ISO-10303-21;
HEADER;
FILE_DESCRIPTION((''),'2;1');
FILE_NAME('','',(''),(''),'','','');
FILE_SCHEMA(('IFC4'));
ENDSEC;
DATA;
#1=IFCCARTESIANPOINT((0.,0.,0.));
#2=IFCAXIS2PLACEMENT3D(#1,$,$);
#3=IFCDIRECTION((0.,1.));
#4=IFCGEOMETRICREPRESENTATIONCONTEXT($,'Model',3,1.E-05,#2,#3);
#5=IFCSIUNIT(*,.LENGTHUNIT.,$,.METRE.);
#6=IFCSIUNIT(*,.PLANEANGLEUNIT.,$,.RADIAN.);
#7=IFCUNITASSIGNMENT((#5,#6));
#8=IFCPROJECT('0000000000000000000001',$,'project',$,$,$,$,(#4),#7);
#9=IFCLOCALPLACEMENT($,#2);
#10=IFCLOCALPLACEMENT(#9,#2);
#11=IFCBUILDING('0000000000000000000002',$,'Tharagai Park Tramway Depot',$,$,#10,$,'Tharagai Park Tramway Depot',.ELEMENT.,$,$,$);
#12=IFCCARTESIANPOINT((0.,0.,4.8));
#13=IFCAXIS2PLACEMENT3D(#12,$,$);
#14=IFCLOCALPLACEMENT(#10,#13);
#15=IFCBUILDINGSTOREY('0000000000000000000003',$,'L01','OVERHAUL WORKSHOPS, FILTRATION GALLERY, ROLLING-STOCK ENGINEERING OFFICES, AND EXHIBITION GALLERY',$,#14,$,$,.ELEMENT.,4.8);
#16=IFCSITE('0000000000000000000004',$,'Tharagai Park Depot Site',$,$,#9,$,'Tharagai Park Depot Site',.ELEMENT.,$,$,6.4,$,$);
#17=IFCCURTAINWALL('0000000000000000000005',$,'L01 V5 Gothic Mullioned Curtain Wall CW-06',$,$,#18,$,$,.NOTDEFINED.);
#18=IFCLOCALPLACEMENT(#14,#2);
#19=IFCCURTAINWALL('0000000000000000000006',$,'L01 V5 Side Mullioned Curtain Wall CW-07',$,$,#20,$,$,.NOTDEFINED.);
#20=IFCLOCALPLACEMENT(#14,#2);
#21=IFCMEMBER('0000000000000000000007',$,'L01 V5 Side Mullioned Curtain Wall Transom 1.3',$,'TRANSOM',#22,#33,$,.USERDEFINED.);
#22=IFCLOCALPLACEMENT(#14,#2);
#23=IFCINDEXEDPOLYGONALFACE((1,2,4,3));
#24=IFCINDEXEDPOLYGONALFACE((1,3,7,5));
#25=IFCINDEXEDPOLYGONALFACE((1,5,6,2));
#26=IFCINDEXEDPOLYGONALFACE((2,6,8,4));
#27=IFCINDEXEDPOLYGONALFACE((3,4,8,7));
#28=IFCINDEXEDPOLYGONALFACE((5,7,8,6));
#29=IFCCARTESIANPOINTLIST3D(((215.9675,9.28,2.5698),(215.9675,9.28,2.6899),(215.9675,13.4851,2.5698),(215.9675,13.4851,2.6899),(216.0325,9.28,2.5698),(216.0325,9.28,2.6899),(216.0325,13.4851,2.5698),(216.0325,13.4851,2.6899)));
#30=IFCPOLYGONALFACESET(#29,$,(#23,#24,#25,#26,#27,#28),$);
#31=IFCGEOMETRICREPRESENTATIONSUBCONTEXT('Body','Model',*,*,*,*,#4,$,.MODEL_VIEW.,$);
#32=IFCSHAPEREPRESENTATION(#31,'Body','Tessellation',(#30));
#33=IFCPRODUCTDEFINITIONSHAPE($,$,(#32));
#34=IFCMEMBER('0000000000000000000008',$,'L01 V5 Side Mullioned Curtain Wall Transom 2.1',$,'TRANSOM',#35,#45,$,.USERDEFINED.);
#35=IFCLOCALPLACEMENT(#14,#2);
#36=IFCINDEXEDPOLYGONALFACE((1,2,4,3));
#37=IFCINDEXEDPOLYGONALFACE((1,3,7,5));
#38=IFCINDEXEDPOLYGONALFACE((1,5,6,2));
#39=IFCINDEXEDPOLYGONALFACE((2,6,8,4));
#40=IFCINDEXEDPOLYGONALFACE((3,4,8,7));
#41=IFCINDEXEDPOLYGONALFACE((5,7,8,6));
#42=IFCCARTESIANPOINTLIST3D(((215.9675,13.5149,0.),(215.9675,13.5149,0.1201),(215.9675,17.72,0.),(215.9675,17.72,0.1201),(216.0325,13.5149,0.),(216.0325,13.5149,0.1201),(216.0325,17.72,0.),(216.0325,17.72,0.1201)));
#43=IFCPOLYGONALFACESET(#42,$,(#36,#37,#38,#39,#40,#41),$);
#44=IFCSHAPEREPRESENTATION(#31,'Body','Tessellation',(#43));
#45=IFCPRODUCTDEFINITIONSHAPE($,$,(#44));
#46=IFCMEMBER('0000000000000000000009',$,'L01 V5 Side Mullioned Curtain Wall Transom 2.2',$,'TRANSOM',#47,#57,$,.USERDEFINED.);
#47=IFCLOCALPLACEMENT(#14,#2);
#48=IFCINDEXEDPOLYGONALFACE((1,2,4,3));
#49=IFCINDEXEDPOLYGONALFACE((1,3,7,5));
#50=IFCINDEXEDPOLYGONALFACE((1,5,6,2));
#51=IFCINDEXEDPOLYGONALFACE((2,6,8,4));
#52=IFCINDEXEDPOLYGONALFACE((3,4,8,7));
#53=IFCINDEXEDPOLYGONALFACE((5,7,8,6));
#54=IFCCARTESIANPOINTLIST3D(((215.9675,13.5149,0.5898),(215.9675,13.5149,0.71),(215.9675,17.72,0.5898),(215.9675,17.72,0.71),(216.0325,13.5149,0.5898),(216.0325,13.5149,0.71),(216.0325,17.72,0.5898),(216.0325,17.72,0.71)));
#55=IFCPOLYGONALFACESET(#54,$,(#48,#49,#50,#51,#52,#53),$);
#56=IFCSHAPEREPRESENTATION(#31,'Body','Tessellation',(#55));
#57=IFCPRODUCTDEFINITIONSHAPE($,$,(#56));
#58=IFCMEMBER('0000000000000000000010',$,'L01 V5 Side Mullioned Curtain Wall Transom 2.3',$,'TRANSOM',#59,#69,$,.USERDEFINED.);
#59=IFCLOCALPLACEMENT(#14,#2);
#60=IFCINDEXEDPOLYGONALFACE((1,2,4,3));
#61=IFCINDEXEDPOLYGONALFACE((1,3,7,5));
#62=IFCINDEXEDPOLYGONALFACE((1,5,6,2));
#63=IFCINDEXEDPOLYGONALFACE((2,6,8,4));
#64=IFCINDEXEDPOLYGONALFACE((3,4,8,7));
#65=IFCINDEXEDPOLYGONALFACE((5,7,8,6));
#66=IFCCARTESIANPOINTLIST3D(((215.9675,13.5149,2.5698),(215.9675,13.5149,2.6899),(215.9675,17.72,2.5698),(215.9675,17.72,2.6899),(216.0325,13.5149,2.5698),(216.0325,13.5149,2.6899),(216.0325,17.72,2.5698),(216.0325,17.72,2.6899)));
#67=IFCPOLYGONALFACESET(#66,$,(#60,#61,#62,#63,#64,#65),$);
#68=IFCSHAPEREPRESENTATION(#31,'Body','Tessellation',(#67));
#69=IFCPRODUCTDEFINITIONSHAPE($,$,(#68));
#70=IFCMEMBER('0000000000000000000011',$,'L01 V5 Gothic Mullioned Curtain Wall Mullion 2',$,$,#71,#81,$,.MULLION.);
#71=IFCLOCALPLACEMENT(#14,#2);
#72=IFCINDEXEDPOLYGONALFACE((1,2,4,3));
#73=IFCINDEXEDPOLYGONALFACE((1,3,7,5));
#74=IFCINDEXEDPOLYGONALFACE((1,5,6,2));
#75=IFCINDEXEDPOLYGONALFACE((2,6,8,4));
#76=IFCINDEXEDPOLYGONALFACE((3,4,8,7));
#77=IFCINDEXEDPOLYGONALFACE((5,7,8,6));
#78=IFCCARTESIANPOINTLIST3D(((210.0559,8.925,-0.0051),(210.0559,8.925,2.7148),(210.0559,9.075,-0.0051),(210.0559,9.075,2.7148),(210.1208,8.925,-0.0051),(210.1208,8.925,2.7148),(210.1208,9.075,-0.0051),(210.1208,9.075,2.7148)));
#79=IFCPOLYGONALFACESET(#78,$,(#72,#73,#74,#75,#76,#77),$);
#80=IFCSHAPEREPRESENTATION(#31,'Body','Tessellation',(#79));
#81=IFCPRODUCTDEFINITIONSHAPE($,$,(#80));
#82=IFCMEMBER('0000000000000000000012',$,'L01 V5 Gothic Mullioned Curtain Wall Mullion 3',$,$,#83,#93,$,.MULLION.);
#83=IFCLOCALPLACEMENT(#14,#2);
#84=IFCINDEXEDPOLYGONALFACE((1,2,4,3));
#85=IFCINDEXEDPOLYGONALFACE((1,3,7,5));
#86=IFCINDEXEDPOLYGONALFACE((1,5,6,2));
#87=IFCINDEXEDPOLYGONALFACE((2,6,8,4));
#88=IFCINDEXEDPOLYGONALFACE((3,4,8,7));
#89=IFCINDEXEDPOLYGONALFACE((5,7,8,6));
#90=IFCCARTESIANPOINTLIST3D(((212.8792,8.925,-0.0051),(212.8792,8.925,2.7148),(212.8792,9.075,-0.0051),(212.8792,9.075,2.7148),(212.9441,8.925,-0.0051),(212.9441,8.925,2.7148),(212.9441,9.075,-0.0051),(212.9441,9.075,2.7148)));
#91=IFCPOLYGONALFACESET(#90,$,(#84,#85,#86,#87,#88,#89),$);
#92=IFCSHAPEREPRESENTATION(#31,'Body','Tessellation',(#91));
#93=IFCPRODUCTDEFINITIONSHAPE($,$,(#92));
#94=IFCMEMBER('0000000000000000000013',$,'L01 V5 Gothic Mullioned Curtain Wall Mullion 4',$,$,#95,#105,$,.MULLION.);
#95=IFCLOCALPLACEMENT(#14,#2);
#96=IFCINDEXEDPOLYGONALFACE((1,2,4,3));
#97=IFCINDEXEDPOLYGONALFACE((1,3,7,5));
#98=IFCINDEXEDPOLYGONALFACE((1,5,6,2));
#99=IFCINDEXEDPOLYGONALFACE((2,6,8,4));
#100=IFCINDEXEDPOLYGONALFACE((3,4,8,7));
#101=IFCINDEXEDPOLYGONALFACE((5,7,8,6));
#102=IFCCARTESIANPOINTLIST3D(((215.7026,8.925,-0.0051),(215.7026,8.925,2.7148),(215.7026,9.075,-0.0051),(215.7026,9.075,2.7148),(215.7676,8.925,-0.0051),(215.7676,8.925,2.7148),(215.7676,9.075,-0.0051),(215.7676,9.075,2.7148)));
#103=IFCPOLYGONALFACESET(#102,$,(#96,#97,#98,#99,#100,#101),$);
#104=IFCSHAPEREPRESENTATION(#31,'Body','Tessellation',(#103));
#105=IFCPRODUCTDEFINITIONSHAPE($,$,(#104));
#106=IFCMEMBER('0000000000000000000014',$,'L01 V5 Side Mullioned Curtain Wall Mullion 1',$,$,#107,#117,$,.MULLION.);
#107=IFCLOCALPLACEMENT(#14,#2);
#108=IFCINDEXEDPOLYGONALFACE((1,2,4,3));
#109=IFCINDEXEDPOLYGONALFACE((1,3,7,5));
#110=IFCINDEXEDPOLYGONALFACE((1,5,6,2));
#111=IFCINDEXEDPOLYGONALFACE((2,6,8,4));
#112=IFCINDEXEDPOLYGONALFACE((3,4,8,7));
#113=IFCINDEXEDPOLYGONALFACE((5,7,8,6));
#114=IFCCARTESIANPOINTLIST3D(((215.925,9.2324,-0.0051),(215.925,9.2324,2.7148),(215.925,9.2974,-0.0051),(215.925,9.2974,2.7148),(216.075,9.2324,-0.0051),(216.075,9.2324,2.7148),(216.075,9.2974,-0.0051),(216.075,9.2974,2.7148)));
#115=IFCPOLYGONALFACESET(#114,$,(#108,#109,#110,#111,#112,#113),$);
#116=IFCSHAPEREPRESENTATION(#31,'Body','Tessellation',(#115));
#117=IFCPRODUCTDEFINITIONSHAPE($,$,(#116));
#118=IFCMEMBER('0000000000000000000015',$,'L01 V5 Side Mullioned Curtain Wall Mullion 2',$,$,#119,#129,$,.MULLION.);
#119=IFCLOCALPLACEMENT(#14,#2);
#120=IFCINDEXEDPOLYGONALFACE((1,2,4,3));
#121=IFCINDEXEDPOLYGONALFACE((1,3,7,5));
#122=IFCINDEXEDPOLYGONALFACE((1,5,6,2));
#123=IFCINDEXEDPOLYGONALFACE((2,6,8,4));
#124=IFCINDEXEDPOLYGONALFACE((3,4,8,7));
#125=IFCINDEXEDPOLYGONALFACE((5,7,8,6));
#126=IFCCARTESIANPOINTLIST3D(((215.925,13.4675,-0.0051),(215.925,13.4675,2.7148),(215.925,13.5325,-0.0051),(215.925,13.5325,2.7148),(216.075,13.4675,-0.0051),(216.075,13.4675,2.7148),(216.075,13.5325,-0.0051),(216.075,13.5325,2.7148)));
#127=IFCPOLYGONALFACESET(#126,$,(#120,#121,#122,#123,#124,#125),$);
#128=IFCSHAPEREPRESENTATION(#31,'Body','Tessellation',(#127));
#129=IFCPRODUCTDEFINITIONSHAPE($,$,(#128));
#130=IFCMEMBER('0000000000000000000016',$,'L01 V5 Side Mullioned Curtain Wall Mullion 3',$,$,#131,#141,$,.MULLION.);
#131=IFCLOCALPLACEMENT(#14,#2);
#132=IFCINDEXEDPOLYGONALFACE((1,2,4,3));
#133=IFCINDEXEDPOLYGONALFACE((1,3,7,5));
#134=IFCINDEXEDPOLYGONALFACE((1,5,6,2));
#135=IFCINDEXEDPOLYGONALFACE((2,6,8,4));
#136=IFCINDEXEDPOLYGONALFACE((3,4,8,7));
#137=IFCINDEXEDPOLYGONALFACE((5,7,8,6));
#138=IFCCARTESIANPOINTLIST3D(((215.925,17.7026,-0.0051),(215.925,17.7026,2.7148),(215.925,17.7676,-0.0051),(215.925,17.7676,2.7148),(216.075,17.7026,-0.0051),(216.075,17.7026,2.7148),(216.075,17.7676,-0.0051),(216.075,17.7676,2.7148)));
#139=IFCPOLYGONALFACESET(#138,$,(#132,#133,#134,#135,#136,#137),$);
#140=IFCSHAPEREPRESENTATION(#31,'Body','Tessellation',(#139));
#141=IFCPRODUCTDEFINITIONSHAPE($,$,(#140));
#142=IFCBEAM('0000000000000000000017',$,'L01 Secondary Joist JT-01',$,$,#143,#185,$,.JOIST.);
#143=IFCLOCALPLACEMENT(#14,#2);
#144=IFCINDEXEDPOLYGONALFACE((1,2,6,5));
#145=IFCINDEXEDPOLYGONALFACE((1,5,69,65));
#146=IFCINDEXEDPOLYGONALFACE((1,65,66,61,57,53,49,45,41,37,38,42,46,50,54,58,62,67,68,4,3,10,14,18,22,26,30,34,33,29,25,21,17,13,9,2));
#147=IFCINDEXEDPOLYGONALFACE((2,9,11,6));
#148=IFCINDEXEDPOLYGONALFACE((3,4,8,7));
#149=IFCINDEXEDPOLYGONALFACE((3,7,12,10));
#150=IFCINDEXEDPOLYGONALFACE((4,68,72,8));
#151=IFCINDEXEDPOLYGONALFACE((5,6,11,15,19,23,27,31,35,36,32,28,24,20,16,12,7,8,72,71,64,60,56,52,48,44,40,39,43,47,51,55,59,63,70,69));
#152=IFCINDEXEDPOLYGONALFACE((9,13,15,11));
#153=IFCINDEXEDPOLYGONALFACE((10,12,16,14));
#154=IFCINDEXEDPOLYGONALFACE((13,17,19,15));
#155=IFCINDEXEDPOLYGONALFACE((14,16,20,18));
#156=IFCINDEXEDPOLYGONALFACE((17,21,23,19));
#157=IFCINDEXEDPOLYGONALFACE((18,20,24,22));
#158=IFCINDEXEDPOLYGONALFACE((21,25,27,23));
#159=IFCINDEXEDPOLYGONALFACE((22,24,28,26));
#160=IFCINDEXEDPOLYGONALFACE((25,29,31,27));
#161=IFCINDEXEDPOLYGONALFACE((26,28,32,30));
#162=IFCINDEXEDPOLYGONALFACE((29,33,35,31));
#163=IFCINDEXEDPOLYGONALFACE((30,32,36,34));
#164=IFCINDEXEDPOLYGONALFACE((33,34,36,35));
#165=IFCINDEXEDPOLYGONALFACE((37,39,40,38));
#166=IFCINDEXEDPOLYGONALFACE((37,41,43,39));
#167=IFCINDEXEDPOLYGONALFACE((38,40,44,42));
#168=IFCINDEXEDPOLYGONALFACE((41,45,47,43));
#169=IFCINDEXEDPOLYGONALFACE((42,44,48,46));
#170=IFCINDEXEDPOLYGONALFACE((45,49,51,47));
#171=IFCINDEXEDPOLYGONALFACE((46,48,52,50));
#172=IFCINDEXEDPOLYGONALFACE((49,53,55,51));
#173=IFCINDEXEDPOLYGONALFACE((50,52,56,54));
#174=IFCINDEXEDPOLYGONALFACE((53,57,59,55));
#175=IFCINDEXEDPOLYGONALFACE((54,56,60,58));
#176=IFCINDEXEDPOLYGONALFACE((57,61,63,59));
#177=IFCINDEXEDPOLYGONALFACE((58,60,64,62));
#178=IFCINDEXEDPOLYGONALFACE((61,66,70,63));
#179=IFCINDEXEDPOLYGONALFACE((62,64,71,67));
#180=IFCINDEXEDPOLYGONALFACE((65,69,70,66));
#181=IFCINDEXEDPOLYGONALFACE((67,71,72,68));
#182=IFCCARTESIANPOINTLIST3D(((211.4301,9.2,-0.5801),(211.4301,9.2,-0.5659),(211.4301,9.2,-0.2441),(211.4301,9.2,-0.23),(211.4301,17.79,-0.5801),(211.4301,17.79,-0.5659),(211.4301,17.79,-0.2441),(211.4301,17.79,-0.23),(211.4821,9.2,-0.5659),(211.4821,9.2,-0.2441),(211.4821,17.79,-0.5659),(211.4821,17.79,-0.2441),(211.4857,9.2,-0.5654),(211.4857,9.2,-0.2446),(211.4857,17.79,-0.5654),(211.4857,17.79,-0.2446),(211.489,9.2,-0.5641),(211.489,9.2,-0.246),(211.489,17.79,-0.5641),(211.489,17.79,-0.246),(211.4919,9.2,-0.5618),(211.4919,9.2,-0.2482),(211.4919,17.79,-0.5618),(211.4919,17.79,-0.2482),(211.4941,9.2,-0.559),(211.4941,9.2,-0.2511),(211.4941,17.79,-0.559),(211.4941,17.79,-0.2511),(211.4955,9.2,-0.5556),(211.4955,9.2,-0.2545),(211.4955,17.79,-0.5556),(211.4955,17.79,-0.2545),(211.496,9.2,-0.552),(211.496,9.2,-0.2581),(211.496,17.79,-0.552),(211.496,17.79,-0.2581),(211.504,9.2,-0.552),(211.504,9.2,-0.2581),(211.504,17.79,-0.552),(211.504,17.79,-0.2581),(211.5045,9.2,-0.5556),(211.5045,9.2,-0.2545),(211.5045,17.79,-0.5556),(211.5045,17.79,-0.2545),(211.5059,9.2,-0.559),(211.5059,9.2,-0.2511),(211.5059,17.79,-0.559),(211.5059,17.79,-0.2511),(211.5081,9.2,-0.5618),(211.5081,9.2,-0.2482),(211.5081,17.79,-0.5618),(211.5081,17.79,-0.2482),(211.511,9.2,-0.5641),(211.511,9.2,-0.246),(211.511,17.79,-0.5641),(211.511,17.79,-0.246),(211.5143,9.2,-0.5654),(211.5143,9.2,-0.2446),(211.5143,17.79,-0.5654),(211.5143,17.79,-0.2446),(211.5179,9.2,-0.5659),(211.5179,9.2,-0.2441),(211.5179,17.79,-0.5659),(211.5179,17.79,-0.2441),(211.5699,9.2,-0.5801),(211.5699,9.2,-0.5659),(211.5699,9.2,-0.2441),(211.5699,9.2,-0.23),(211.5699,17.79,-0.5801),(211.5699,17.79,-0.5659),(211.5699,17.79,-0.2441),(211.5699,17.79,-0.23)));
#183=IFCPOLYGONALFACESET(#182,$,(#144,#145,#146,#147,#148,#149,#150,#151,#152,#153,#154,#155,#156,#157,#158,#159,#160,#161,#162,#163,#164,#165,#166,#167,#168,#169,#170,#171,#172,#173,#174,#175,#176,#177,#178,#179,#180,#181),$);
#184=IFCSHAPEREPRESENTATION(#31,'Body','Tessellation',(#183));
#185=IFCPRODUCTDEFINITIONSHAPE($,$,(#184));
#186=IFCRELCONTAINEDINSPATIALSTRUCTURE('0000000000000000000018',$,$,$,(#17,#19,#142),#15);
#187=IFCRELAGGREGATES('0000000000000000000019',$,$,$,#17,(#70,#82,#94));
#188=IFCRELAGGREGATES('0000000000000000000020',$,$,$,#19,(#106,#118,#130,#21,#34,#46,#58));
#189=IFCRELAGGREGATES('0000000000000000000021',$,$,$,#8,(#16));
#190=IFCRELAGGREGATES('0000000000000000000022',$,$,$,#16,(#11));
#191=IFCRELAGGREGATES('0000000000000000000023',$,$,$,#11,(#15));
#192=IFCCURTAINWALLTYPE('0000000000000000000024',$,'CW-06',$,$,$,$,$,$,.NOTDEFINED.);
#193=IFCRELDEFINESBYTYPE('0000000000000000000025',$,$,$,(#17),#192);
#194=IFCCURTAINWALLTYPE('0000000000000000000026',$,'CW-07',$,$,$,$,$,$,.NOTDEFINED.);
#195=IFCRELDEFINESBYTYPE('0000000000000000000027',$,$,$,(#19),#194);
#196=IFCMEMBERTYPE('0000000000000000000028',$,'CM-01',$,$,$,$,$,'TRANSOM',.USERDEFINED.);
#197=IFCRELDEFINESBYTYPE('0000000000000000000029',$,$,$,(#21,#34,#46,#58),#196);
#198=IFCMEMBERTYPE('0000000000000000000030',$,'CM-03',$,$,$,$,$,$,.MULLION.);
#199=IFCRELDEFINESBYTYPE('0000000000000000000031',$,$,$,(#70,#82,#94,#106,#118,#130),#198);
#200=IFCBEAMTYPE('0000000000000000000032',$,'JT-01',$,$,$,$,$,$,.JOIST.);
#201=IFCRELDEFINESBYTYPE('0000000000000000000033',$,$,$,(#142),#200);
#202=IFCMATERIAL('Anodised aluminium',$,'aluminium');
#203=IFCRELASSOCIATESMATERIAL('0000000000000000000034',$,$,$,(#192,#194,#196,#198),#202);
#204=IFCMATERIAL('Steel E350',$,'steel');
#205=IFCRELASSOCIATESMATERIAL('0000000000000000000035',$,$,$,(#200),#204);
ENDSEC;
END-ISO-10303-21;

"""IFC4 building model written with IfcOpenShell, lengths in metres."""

from ifc_helpers import new_model, si_unit, direction, frame, origin, origin_2d, place, context, subcontext, project, spatial, rectangle, i_section, extrude, material, material_profile, profile_set, type_object, element, aggregate, save


model = new_model("IFC4")

# Units and contexts
model_context = context("Model", 3, precision=1e-05, world=origin(), true_north=direction((0.0, 1.0)))
body_context = subcontext(model_context, "Body", "Model", "MODEL_VIEW")
ifc_project = project(units=[si_unit("LENGTHUNIT", "METRE"), si_unit("PLANEANGLEUNIT", "RADIAN")], contexts=[model_context])

# Site, building, storey
site_placement = place(None, origin())
site = spatial("IfcSite", under=ifc_project, at=site_placement, Name="Tharagai Park Depot Site", LongName="Tharagai Park Depot Site", CompositionType="ELEMENT", RefElevation=6.4)
building_placement = place(site_placement, origin())
building = spatial("IfcBuilding", under=site, at=building_placement, Name="Tharagai Park Tramway Depot", LongName="Tharagai Park Tramway Depot", CompositionType="ELEMENT")
storey_placement = place(building_placement, frame((0.0, 0.0, 4.8)))
storey = spatial("IfcBuildingStorey", under=building, at=storey_placement, Name="L01", Description="OVERHAUL WORKSHOPS, FILTRATION GALLERY, ROLLING-STOCK ENGINEERING OFFICES, AND EXHIBITION GALLERY", CompositionType="ELEMENT", Elevation=4.8)

# Curtain walls, members
ifc_material_1 = material(Name="Anodised aluminium", Category="aluminium")
curtain_wall_type_1 = type_object("IfcCurtainWallType", Name="CW-06", PredefinedType="NOTDEFINED", material=ifc_material_1)
curtain_wall_1_placement = place(storey_placement, origin())
curtain_wall_1 = element("IfcCurtainWall", 1, at=curtain_wall_1_placement, inside=storey, type_object=curtain_wall_type_1, Name="L01 V5 Gothic Mullioned Curtain Wall CW-06", PredefinedType="NOTDEFINED")
ifc_material_profile_1 = material_profile(ifc_material_1, rectangle(XDim=0.0649, YDim=0.1201, at=origin_2d()), Name="ALU 65x120")
ifc_profile_set_1 = profile_set([ifc_material_profile_1], Name="Anodised aluminium")
member_type_1 = type_object("IfcMemberType", Name="CM-01", ElementType="TRANSOM", PredefinedType="USERDEFINED", material=ifc_profile_set_1)
curtain_wall_type_2 = type_object("IfcCurtainWallType", Name="CW-07", PredefinedType="NOTDEFINED", material=ifc_material_1)
curtain_wall_2_placement = place(storey_placement, origin())
curtain_wall_2 = element("IfcCurtainWall", 2, at=curtain_wall_2_placement, inside=storey, type_object=curtain_wall_type_2, Name="L01 V5 Side Mullioned Curtain Wall CW-07", PredefinedType="NOTDEFINED")
member_1_placement = place(storey_placement, frame((216.0, 9.28, 2.6299), z_axis=(0.0, 1.0, 0.0), x_axis=(-1.0, 0.0, 0.0)))
member_1 = element("IfcMember", 3, at=member_1_placement, type_object=member_type_1, Name="L01 V5 Side Mullioned Curtain Wall Transom 1.3", ObjectType="TRANSOM", PredefinedType="USERDEFINED", context=body_context, shape_type="SweptSolid", body=[
    extrude(rectangle(XDim=0.0649, YDim=0.1201, at=origin_2d()), origin(), (0.0, 0.0, 1.0), 4.2051),
])
member_2_placement = place(storey_placement, frame((216.0, 13.5149, 0.0601), z_axis=(0.0, 1.0, 0.0), x_axis=(-1.0, 0.0, 0.0)))
member_2 = element("IfcMember", 4, at=member_2_placement, type_object=member_type_1, Name="L01 V5 Side Mullioned Curtain Wall Transom 2.1", ObjectType="TRANSOM", PredefinedType="USERDEFINED", context=body_context, shape_type="SweptSolid", body=[
    extrude(rectangle(XDim=0.0649, YDim=0.1201, at=origin_2d()), origin(), (0.0, 0.0, 1.0), 4.2051),
])
member_3_placement = place(storey_placement, frame((216.0, 13.5149, 0.6499), z_axis=(0.0, 1.0, 0.0), x_axis=(-1.0, 0.0, 0.0)))
member_3 = element("IfcMember", 5, at=member_3_placement, type_object=member_type_1, Name="L01 V5 Side Mullioned Curtain Wall Transom 2.2", ObjectType="TRANSOM", PredefinedType="USERDEFINED", context=body_context, shape_type="SweptSolid", body=[
    extrude(rectangle(XDim=0.0649, YDim=0.1201, at=origin_2d()), origin(), (0.0, 0.0, 1.0), 4.2051),
])
member_4_placement = place(storey_placement, frame((216.0, 13.5149, 2.6299), z_axis=(0.0, 1.0, 0.0), x_axis=(-1.0, 0.0, 0.0)))
member_4 = element("IfcMember", 6, at=member_4_placement, type_object=member_type_1, Name="L01 V5 Side Mullioned Curtain Wall Transom 2.3", ObjectType="TRANSOM", PredefinedType="USERDEFINED", context=body_context, shape_type="SweptSolid", body=[
    extrude(rectangle(XDim=0.0649, YDim=0.1201, at=origin_2d()), origin(), (0.0, 0.0, 1.0), 4.2051),
])

# Members
ifc_material_profile_2 = material_profile(ifc_material_1, rectangle(XDim=0.0649, YDim=0.1499, at=origin_2d()), Name="ALU 65x150")
ifc_profile_set_2 = profile_set([ifc_material_profile_2], Name="Anodised aluminium")
member_type_2 = type_object("IfcMemberType", Name="CM-03", PredefinedType="MULLION", material=ifc_profile_set_2)
member_5_placement = place(storey_placement, frame((210.0884, 9.0, -0.0051), z_axis=(0.0, 0.0, 1.0), x_axis=(1.0, 0.0, 0.0)))
member_5 = element("IfcMember", 7, at=member_5_placement, type_object=member_type_2, Name="L01 V5 Gothic Mullioned Curtain Wall Mullion 2", PredefinedType="MULLION", context=body_context, shape_type="SweptSolid", body=[
    extrude(rectangle(XDim=0.0649, YDim=0.1499, at=origin_2d()), origin(), (0.0, 0.0, 1.0), 2.72),
])
member_6_placement = place(storey_placement, frame((212.9116, 9.0, -0.0051), z_axis=(0.0, 0.0, 1.0), x_axis=(1.0, 0.0, 0.0)))
member_6 = element("IfcMember", 8, at=member_6_placement, type_object=member_type_2, Name="L01 V5 Gothic Mullioned Curtain Wall Mullion 3", PredefinedType="MULLION", context=body_context, shape_type="SweptSolid", body=[
    extrude(rectangle(XDim=0.0649, YDim=0.1499, at=origin_2d()), origin(), (0.0, 0.0, 1.0), 2.72),
])
member_7_placement = place(storey_placement, frame((215.7351, 9.0, -0.0051), z_axis=(0.0, 0.0, 1.0), x_axis=(1.0, 0.0, 0.0)))
member_7 = element("IfcMember", 9, at=member_7_placement, type_object=member_type_2, Name="L01 V5 Gothic Mullioned Curtain Wall Mullion 4", PredefinedType="MULLION", context=body_context, shape_type="SweptSolid", body=[
    extrude(rectangle(XDim=0.0649, YDim=0.1499, at=origin_2d()), origin(), (0.0, 0.0, 1.0), 2.72),
])
member_8_placement = place(storey_placement, frame((216.0, 9.2649, -0.0051), z_axis=(0.0, 0.0, 1.0), x_axis=(0.0, 1.0, 0.0)))
member_8 = element("IfcMember", 10, at=member_8_placement, type_object=member_type_2, Name="L01 V5 Side Mullioned Curtain Wall Mullion 1", PredefinedType="MULLION", context=body_context, shape_type="SweptSolid", body=[
    extrude(rectangle(XDim=0.0649, YDim=0.1499, at=origin_2d()), origin(), (0.0, 0.0, 1.0), 2.72),
])
member_9_placement = place(storey_placement, frame((216.0, 13.5, -0.0051), z_axis=(0.0, 0.0, 1.0), x_axis=(0.0, 1.0, 0.0)))
member_9 = element("IfcMember", 11, at=member_9_placement, type_object=member_type_2, Name="L01 V5 Side Mullioned Curtain Wall Mullion 2", PredefinedType="MULLION", context=body_context, shape_type="SweptSolid", body=[
    extrude(rectangle(XDim=0.0649, YDim=0.1499, at=origin_2d()), origin(), (0.0, 0.0, 1.0), 2.72),
])
member_10_placement = place(storey_placement, frame((216.0, 17.7351, -0.0051), z_axis=(0.0, 0.0, 1.0), x_axis=(0.0, 1.0, 0.0)))
member_10 = element("IfcMember", 12, at=member_10_placement, type_object=member_type_2, Name="L01 V5 Side Mullioned Curtain Wall Mullion 3", PredefinedType="MULLION", context=body_context, shape_type="SweptSolid", body=[
    extrude(rectangle(XDim=0.0649, YDim=0.1499, at=origin_2d()), origin(), (0.0, 0.0, 1.0), 2.72),
])

# Beam
ifc_material_2 = material(Name="Steel E350", Category="steel")
ifc_material_profile_3 = material_profile(ifc_material_2, i_section(OverallWidth=0.1399, OverallDepth=0.3501, WebThickness=0.0081, FlangeThickness=0.0142, FilletRadius=0.0139, at=origin_2d()), Name="ISMB 350")
ifc_profile_set_3 = profile_set([ifc_material_profile_3], Name="Steel E350")
beam_type_1 = type_object("IfcBeamType", Name="JT-01", PredefinedType="JOIST", material=ifc_profile_set_3)
beam_1_placement = place(storey_placement, frame((211.5, 9.2, -0.405), z_axis=(0.0, 1.0, 0.0), x_axis=(-1.0, 0.0, 0.0)))
element("IfcBeam", 13, at=beam_1_placement, inside=storey, type_object=beam_type_1, Name="L01 Secondary Joist JT-01", PredefinedType="JOIST", context=body_context, shape_type="SweptSolid", body=[
    extrude(i_section(OverallWidth=0.1399, OverallDepth=0.3501, WebThickness=0.0081, FlangeThickness=0.0142, FilletRadius=0.0139, at=origin_2d()), origin(), (0.0, 0.0, 1.0), 8.5901),
])

aggregate(curtain_wall_1, [member_5, member_6, member_7])
aggregate(curtain_wall_2, [member_8, member_9, member_10, member_1, member_2, member_3, member_4])

save(model, "model.ifc")
